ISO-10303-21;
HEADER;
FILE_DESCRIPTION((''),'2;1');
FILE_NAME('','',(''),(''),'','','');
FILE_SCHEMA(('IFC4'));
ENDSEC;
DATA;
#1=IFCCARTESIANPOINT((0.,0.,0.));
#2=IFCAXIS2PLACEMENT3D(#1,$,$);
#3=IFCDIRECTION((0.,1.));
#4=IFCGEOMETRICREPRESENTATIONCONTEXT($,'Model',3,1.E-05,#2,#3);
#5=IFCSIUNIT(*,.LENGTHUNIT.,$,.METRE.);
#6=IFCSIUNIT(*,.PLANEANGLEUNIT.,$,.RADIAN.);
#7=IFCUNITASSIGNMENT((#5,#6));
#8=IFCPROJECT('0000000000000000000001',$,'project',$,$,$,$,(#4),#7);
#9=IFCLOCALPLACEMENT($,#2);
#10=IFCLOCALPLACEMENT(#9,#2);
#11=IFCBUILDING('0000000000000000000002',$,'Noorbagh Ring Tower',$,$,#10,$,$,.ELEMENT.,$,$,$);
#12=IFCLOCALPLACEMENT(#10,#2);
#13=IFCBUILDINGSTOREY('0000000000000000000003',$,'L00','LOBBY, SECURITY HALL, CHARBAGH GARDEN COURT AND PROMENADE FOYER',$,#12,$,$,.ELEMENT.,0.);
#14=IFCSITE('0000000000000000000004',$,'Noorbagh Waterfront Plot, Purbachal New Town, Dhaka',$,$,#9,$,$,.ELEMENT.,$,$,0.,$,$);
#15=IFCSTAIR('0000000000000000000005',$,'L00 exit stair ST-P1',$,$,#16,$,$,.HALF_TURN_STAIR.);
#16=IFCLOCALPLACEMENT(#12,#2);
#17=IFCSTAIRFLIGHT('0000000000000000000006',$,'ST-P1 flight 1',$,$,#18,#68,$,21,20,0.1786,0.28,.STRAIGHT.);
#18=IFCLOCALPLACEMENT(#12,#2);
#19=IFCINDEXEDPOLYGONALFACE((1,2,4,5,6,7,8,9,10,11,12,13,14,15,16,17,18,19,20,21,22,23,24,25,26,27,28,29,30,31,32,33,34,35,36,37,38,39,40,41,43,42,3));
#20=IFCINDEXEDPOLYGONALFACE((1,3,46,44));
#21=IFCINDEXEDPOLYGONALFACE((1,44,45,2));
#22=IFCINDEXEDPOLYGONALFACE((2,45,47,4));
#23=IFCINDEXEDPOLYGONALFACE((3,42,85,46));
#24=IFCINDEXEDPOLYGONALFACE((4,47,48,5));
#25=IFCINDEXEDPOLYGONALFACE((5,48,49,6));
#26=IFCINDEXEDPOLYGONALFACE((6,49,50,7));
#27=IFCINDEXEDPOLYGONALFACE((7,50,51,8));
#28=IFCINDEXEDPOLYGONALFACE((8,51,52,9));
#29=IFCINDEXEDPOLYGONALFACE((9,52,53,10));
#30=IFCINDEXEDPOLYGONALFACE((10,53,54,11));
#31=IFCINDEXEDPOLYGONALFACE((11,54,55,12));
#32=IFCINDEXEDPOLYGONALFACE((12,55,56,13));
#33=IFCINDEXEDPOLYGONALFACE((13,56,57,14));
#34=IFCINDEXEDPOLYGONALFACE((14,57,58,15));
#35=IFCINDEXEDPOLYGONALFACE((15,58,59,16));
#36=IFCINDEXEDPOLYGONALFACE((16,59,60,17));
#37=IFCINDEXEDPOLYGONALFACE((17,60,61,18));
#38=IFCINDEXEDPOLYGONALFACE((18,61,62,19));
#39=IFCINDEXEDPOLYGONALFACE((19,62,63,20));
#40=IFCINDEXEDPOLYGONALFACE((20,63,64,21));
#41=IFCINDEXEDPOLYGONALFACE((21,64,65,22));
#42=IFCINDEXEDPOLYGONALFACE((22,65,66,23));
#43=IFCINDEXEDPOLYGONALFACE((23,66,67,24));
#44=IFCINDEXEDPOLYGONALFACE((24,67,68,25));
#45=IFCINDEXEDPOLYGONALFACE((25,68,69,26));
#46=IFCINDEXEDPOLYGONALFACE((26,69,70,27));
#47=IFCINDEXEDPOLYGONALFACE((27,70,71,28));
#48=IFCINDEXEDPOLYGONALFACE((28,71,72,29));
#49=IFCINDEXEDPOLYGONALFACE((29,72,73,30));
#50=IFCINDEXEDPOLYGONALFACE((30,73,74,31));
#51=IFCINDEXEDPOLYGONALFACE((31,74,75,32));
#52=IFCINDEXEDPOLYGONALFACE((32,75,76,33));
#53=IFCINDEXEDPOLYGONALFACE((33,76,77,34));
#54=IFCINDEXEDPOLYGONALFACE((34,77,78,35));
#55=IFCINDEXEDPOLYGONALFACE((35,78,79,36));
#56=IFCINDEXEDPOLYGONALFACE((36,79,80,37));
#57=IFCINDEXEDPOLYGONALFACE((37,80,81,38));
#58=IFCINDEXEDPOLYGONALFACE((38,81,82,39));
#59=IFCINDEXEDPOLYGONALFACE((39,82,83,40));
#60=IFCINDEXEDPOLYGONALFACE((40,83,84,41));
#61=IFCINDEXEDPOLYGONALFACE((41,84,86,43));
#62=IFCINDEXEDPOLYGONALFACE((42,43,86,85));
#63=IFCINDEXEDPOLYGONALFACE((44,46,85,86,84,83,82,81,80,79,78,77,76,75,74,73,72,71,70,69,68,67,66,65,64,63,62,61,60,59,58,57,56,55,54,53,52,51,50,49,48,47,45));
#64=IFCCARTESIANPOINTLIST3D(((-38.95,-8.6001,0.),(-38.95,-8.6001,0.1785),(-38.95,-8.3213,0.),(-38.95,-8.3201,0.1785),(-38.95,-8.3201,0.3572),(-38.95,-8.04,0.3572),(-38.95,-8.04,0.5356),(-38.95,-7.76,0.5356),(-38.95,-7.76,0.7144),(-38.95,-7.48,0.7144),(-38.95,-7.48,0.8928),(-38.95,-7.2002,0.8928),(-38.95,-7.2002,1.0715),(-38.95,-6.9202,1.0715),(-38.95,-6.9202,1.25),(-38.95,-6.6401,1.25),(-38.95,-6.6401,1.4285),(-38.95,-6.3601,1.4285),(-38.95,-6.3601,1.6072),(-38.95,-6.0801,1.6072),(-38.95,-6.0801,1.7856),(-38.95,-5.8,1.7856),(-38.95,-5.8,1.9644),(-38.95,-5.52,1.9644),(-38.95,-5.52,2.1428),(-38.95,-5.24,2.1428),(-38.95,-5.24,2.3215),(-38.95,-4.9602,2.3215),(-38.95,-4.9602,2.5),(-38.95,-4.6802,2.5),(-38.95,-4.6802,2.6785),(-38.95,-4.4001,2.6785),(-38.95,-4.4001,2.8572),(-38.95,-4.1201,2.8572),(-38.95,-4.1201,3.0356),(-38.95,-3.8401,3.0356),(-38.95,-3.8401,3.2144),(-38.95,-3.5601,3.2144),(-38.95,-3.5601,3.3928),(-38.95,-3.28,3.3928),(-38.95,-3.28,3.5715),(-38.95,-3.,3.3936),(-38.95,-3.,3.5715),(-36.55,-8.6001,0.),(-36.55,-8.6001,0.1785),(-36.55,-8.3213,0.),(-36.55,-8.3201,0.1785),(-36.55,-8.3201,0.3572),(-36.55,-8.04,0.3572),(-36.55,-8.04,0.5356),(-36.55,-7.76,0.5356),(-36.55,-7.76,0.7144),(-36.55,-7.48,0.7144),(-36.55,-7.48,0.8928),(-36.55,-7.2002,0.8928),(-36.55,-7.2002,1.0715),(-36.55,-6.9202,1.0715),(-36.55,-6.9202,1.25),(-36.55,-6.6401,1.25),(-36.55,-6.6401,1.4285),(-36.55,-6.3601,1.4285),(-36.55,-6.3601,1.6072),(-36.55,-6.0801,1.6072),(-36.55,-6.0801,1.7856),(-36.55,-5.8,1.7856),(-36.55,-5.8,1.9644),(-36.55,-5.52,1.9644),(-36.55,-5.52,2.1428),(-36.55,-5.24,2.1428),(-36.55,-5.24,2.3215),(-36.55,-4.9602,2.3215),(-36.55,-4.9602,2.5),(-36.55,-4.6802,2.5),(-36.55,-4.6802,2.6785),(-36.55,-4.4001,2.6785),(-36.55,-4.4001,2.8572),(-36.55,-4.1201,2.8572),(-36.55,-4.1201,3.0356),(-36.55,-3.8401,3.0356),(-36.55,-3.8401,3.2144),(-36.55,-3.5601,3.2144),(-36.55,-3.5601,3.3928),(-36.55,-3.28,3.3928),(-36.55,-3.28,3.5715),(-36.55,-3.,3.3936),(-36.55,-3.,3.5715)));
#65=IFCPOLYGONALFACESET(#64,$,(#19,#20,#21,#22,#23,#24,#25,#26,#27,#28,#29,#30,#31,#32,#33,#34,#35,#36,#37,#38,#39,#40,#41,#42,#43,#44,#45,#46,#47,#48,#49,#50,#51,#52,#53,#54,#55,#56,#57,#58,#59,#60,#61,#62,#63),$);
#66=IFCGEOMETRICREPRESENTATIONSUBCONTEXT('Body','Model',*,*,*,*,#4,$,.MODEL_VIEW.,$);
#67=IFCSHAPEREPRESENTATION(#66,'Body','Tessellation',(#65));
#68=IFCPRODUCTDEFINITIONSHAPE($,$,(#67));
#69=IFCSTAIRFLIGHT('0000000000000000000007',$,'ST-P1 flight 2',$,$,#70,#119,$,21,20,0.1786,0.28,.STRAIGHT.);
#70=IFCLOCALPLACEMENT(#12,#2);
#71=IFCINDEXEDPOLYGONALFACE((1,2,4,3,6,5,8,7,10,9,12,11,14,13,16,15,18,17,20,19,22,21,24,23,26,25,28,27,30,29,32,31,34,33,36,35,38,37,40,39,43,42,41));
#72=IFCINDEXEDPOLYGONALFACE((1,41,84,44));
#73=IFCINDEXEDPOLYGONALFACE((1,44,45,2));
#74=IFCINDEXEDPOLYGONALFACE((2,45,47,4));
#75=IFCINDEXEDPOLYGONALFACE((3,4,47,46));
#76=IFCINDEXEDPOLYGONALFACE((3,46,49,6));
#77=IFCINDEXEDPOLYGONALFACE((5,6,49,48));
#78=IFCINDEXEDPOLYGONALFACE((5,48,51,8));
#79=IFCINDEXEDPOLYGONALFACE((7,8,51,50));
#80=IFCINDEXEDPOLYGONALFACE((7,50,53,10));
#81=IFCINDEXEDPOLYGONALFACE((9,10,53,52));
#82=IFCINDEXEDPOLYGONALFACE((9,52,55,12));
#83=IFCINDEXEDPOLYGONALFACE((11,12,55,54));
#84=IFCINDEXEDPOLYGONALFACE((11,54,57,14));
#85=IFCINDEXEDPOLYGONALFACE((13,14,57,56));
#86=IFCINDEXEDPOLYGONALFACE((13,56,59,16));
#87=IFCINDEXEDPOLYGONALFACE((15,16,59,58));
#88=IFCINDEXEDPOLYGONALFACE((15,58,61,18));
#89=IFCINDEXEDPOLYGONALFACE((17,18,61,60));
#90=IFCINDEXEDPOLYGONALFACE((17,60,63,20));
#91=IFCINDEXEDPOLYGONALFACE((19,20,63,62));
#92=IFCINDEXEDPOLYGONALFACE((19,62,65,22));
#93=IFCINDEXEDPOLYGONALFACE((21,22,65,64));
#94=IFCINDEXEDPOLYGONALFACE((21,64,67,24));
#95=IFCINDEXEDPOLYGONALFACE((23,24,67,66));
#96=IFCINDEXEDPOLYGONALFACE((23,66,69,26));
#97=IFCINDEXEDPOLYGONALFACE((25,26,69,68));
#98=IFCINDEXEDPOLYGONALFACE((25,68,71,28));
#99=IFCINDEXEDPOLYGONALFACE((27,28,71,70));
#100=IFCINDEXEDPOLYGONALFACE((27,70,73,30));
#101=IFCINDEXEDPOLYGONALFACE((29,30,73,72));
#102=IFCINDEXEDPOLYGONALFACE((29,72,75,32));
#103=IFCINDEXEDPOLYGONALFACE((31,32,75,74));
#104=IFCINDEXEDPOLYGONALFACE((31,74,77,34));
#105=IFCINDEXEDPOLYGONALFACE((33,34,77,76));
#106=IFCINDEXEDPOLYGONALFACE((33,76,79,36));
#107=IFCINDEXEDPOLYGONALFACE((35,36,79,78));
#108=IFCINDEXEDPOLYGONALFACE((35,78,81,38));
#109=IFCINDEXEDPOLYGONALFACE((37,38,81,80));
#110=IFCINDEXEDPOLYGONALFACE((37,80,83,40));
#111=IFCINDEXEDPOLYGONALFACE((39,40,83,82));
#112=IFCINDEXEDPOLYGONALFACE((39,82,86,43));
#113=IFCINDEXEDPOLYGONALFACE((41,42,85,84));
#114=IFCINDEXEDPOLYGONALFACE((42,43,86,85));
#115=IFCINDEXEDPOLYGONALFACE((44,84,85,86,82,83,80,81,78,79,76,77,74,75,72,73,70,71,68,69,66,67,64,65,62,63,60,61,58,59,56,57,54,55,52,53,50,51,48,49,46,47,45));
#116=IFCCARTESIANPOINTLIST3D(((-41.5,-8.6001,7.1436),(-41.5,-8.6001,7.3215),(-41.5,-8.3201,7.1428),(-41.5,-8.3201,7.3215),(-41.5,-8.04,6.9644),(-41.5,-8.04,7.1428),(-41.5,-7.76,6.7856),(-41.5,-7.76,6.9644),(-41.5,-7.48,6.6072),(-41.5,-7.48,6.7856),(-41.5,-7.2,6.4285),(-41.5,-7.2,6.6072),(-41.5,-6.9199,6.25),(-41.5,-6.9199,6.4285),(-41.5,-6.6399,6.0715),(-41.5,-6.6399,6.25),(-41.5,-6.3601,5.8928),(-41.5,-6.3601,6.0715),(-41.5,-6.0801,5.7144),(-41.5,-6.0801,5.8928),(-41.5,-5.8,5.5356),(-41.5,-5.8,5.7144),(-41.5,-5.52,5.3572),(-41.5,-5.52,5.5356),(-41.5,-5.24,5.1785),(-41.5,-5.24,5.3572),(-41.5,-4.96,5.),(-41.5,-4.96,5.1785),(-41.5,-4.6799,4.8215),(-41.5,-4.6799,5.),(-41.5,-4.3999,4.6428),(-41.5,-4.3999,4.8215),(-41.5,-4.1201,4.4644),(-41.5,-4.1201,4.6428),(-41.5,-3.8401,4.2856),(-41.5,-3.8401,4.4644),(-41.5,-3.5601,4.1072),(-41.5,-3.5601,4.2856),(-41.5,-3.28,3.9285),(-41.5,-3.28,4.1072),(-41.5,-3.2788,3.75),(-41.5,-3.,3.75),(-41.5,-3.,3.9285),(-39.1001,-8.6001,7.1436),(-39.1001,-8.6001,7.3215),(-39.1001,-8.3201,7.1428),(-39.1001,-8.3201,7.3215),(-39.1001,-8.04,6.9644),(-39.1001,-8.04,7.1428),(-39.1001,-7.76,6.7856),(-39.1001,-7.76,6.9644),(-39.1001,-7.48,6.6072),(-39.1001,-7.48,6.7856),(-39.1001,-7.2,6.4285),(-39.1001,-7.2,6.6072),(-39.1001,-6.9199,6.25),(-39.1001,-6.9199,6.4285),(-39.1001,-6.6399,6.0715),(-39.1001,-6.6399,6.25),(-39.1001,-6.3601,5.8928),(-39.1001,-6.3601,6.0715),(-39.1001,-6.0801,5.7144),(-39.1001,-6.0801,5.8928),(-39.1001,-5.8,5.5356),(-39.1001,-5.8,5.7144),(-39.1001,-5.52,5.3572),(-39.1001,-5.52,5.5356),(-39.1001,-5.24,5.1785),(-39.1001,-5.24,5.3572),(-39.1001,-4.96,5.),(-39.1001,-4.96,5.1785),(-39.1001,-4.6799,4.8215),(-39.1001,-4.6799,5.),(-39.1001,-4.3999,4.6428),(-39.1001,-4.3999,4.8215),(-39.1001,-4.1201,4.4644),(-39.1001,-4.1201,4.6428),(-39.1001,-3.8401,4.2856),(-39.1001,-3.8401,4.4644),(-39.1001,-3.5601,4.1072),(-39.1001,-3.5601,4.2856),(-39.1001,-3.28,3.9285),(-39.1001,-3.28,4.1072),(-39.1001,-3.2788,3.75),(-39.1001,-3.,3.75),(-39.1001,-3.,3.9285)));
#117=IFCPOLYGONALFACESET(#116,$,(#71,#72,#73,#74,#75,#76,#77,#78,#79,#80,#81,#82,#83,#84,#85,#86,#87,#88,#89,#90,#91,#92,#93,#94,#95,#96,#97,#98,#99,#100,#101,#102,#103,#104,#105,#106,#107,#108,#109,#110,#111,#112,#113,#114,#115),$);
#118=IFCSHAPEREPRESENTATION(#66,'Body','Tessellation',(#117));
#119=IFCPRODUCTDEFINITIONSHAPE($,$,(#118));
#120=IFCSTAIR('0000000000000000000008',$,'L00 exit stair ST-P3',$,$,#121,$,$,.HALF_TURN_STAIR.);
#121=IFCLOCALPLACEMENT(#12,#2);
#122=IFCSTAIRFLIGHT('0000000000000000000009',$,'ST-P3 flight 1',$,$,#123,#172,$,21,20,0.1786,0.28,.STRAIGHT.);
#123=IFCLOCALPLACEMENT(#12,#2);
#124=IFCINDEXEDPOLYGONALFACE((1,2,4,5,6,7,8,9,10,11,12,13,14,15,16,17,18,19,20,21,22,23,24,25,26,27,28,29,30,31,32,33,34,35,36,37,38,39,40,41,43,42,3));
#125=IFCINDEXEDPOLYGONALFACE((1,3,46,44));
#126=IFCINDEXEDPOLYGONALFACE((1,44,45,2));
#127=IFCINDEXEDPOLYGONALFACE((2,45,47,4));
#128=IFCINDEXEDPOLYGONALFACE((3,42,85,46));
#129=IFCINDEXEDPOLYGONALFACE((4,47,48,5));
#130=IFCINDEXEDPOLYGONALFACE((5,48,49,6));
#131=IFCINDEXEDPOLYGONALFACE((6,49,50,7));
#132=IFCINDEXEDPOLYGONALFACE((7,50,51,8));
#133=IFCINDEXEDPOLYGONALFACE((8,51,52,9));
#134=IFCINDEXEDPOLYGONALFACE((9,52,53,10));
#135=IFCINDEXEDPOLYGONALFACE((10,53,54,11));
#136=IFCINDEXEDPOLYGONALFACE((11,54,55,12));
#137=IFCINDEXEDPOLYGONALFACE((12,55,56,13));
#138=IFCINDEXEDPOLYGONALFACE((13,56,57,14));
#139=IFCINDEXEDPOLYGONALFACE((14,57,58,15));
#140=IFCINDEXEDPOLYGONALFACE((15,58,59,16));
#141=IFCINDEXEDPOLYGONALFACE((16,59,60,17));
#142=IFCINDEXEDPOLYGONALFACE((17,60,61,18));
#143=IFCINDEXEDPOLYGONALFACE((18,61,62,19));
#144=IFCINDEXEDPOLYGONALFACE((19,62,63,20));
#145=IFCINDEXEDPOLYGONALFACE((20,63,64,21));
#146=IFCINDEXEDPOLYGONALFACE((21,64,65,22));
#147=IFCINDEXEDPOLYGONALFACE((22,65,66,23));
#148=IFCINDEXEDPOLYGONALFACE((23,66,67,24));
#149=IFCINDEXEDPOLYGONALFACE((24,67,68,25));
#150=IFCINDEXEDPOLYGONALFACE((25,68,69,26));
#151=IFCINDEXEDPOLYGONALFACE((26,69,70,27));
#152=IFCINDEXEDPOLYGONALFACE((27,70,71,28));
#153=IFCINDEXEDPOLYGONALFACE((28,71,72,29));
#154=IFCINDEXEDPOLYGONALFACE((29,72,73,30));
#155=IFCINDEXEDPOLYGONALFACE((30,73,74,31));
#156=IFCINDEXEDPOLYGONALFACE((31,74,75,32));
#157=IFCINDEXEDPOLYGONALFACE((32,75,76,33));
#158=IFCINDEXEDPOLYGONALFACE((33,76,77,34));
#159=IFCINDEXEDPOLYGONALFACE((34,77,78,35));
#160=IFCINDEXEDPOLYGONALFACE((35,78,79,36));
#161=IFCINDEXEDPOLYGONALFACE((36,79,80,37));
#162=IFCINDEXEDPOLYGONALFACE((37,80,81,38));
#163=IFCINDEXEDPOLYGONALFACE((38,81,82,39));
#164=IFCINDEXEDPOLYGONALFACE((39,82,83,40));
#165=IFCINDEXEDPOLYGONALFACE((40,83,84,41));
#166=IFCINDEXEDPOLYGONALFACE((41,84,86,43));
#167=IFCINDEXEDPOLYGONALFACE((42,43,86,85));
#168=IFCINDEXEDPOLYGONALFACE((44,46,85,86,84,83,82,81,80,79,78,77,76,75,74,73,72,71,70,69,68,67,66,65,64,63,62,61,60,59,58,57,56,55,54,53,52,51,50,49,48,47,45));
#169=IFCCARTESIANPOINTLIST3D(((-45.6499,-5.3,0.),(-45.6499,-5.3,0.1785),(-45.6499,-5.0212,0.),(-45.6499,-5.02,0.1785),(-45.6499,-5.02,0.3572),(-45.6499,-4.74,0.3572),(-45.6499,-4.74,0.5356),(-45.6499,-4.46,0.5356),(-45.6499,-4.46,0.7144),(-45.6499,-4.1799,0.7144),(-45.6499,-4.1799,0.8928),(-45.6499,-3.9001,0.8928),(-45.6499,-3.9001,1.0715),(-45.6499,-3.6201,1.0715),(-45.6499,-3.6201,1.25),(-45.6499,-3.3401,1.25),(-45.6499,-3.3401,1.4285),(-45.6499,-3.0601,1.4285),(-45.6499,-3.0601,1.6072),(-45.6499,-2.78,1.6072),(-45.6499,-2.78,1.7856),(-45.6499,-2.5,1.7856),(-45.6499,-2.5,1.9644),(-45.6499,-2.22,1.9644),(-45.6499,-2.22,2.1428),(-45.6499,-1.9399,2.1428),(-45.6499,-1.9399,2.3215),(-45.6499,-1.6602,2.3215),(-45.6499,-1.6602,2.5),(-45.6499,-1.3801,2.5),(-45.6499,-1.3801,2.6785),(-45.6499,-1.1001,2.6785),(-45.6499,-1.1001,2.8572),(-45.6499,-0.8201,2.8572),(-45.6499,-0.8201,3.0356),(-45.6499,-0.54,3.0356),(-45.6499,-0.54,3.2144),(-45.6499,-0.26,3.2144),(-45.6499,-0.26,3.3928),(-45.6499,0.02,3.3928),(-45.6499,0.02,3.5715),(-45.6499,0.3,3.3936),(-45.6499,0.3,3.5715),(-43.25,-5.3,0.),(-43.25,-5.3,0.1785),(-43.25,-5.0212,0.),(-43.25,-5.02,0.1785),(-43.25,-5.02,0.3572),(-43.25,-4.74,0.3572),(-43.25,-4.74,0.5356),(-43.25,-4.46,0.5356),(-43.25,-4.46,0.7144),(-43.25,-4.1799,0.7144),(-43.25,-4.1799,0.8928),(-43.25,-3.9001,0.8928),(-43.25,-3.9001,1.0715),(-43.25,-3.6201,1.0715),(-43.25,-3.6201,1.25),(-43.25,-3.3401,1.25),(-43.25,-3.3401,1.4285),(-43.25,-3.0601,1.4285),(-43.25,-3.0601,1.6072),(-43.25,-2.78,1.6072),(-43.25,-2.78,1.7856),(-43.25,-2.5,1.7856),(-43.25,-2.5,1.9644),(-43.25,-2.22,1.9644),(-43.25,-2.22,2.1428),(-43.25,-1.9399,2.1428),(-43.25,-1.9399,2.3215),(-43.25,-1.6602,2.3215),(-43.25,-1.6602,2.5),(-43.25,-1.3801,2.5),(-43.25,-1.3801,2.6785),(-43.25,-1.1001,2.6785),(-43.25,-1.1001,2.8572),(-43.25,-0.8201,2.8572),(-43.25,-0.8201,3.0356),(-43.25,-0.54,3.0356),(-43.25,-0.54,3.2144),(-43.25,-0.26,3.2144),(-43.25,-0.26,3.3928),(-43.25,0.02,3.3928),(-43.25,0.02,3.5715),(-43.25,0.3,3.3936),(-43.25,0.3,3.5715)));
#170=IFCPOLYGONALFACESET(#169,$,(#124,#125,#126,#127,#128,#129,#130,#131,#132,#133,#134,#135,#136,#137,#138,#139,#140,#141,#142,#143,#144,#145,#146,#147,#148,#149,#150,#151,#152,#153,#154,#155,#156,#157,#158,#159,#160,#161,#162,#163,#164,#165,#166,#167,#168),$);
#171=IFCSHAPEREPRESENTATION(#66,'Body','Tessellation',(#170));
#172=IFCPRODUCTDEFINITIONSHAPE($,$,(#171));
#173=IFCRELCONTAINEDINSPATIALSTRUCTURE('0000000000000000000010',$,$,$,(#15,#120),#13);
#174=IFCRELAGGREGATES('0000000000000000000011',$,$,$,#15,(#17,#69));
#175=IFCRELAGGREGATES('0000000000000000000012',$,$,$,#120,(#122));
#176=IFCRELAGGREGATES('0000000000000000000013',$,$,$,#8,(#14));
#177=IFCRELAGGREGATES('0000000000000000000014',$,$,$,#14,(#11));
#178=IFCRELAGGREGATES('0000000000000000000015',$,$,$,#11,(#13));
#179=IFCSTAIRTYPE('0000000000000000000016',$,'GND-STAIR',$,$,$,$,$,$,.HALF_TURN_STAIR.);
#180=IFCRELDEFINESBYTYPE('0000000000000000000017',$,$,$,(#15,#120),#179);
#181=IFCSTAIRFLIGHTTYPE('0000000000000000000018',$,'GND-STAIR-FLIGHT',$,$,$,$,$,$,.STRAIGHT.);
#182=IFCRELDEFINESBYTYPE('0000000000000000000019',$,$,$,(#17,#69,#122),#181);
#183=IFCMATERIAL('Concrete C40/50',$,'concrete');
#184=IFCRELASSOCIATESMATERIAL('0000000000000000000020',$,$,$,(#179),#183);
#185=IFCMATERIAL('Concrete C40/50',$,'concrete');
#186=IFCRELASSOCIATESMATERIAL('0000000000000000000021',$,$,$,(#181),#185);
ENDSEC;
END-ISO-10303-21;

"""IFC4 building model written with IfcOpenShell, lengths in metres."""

from ifc_helpers import new_model, si_unit, direction, frame, origin, place, context, subcontext, project, spatial, polyline, outline, extrude, material, type_object, element, aggregate, save


model = new_model("IFC4")

# Units and contexts
model_context = context("Model", 3, precision=1e-05, world=origin(), true_north=direction((0.0, 1.0)))
body_context = subcontext(model_context, "Body", "Model", "MODEL_VIEW")
ifc_project = project(units=[si_unit("LENGTHUNIT", "METRE"), si_unit("PLANEANGLEUNIT", "RADIAN")], contexts=[model_context])

# Site, building, storey
site_placement = place(None, origin())
site = spatial("IfcSite", under=ifc_project, at=site_placement, Name="Noorbagh Waterfront Plot, Purbachal New Town, Dhaka", CompositionType="ELEMENT", RefElevation=0.0)
building_placement = place(site_placement, origin())
building = spatial("IfcBuilding", under=site, at=building_placement, Name="Noorbagh Ring Tower", CompositionType="ELEMENT")
storey_placement = place(building_placement, origin())
storey = spatial("IfcBuildingStorey", under=building, at=storey_placement, Name="L00", Description="LOBBY, SECURITY HALL, CHARBAGH GARDEN COURT AND PROMENADE FOYER", CompositionType="ELEMENT", Elevation=0.0)

# Stair, stair flights
ifc_material_1 = material(Name="Concrete C40/50", Category="concrete")
stair_type = type_object("IfcStairType", Name="GND-STAIR", PredefinedType="HALF_TURN_STAIR", material=ifc_material_1)
stair_1_placement = place(storey_placement, origin())
stair_1 = element("IfcStair", 1, at=stair_1_placement, inside=storey, type_object=stair_type, Name="L00 exit stair ST-P1", PredefinedType="HALF_TURN_STAIR")
ifc_material_2 = material(Name="Concrete C40/50", Category="concrete")
stair_flight_type = type_object("IfcStairFlightType", Name="GND-STAIR-FLIGHT", PredefinedType="STRAIGHT", material=ifc_material_2)
stair_flight_1_placement = place(storey_placement, frame((-37.75, -8.6001, 0.0), z_axis=(0.0, 0.0, 1.0), x_axis=(0.0, 1.0, 0.0)))
stair_flight_1 = element("IfcStairFlight", 2, at=stair_flight_1_placement, type_object=stair_flight_type, Name="ST-P1 flight 1", NumberOfRisers=21, NumberOfTreads=20, PredefinedType="STRAIGHT", RiserHeight=0.1786, TreadLength=0.28, context=body_context, shape_type="SweptSolid", body=[
    extrude(outline(polyline([(0.0, 0.0), (0.0, 0.1785), (0.28, 0.1785), (0.28, 0.3572), (0.5601, 0.3572), (0.5601, 0.5356), (0.8401, 0.5356), (0.8401, 0.7144), (1.1201, 0.7144), (1.1201, 0.8928), (1.3999, 0.8928), (1.3999, 1.0715), (1.6799, 1.0715), (1.6799, 1.25), (1.96, 1.25), (1.96, 1.4285), (2.24, 1.4285), (2.24, 1.6072), (2.52, 1.6072), (2.52, 1.7856), (2.8, 1.7856), (2.8, 1.9644), (3.0801, 1.9644), (3.0801, 2.1428), (3.3601, 2.1428), (3.3601, 2.3215), (3.6399, 2.3215), (3.6399, 2.5), (3.9199, 2.5), (3.9199, 2.6785), (4.2, 2.6785), (4.2, 2.8572), (4.48, 2.8572), (4.48, 3.0356), (4.76, 3.0356), (4.76, 3.2144), (5.04, 3.2144), (5.04, 3.3928), (5.3201, 3.3928), (5.3201, 3.5715), (5.6001, 3.5715), (5.6001, 3.75), (5.6001, 3.3936), (0.2788, 0.0), (0.0, 0.0)])), frame((0.0, 1.2, 0.0), z_axis=(0.0, -1.0, 0.0), x_axis=(1.0, 0.0, 0.0)), (0.0, 0.0, 1.0), 2.3999),
])
stair_flight_2_placement = place(storey_placement, frame((-40.3, -3.0, 3.75), z_axis=(0.0, 0.0, 1.0), x_axis=(0.0, -1.0, 0.0)))
stair_flight_2 = element("IfcStairFlight", 3, at=stair_flight_2_placement, type_object=stair_flight_type, Name="ST-P1 flight 2", NumberOfRisers=21, NumberOfTreads=20, PredefinedType="STRAIGHT", RiserHeight=0.1786, TreadLength=0.28, context=body_context, shape_type="SweptSolid", body=[
    extrude(outline(polyline([(0.0, 0.0), (0.0, 0.1785), (0.28, 0.1785), (0.28, 0.3572), (0.5601, 0.3572), (0.5601, 0.5356), (0.8401, 0.5356), (0.8401, 0.7144), (1.1201, 0.7144), (1.1201, 0.8928), (1.3999, 0.8928), (1.3999, 1.0715), (1.6799, 1.0715), (1.6799, 1.25), (1.96, 1.25), (1.96, 1.4285), (2.24, 1.4285), (2.24, 1.6072), (2.52, 1.6072), (2.52, 1.7856), (2.8, 1.7856), (2.8, 1.9644), (3.0801, 1.9644), (3.0801, 2.1428), (3.3601, 2.1428), (3.3601, 2.3215), (3.6399, 2.3215), (3.6399, 2.5), (3.9199, 2.5), (3.9199, 2.6785), (4.2, 2.6785), (4.2, 2.8572), (4.48, 2.8572), (4.48, 3.0356), (4.76, 3.0356), (4.76, 3.2144), (5.04, 3.2144), (5.04, 3.3928), (5.3201, 3.3928), (5.3201, 3.5715), (5.6001, 3.5715), (5.6001, 3.75), (5.6001, 3.3936), (0.2788, 0.0), (0.0, 0.0)])), frame((0.0, 1.2, 0.0), z_axis=(0.0, -1.0, 0.0), x_axis=(1.0, 0.0, 0.0)), (0.0, 0.0, 1.0), 2.3999),
])
aggregate(stair_1, [stair_flight_1, stair_flight_2])

# Stair, stair flight
stair_2_placement = place(storey_placement, origin())
stair_2 = element("IfcStair", 4, at=stair_2_placement, inside=storey, type_object=stair_type, Name="L00 exit stair ST-P3", PredefinedType="HALF_TURN_STAIR")
stair_flight_3_placement = place(storey_placement, frame((-44.45, -5.3, 0.0), z_axis=(0.0, 0.0, 1.0), x_axis=(0.0, 1.0, 0.0)))
stair_flight_3 = element("IfcStairFlight", 5, at=stair_flight_3_placement, type_object=stair_flight_type, Name="ST-P3 flight 1", NumberOfRisers=21, NumberOfTreads=20, PredefinedType="STRAIGHT", RiserHeight=0.1786, TreadLength=0.28, context=body_context, shape_type="SweptSolid", body=[
    extrude(outline(polyline([(0.0, 0.0), (0.0, 0.1785), (0.28, 0.1785), (0.28, 0.3572), (0.5601, 0.3572), (0.5601, 0.5356), (0.8401, 0.5356), (0.8401, 0.7144), (1.1201, 0.7144), (1.1201, 0.8928), (1.3999, 0.8928), (1.3999, 1.0715), (1.6799, 1.0715), (1.6799, 1.25), (1.96, 1.25), (1.96, 1.4285), (2.24, 1.4285), (2.24, 1.6072), (2.52, 1.6072), (2.52, 1.7856), (2.8, 1.7856), (2.8, 1.9644), (3.0801, 1.9644), (3.0801, 2.1428), (3.3601, 2.1428), (3.3601, 2.3215), (3.6399, 2.3215), (3.6399, 2.5), (3.9199, 2.5), (3.9199, 2.6785), (4.2, 2.6785), (4.2, 2.8572), (4.48, 2.8572), (4.48, 3.0356), (4.76, 3.0356), (4.76, 3.2144), (5.04, 3.2144), (5.04, 3.3928), (5.3201, 3.3928), (5.3201, 3.5715), (5.6001, 3.5715), (5.6001, 3.75), (5.6001, 3.3936), (0.2788, 0.0), (0.0, 0.0)])), frame((0.0, 1.2, 0.0), z_axis=(0.0, -1.0, 0.0), x_axis=(1.0, 0.0, 0.0)), (0.0, 0.0, 1.0), 2.3999),
])
aggregate(stair_2, [stair_flight_3])

save(model, "model.ifc")
